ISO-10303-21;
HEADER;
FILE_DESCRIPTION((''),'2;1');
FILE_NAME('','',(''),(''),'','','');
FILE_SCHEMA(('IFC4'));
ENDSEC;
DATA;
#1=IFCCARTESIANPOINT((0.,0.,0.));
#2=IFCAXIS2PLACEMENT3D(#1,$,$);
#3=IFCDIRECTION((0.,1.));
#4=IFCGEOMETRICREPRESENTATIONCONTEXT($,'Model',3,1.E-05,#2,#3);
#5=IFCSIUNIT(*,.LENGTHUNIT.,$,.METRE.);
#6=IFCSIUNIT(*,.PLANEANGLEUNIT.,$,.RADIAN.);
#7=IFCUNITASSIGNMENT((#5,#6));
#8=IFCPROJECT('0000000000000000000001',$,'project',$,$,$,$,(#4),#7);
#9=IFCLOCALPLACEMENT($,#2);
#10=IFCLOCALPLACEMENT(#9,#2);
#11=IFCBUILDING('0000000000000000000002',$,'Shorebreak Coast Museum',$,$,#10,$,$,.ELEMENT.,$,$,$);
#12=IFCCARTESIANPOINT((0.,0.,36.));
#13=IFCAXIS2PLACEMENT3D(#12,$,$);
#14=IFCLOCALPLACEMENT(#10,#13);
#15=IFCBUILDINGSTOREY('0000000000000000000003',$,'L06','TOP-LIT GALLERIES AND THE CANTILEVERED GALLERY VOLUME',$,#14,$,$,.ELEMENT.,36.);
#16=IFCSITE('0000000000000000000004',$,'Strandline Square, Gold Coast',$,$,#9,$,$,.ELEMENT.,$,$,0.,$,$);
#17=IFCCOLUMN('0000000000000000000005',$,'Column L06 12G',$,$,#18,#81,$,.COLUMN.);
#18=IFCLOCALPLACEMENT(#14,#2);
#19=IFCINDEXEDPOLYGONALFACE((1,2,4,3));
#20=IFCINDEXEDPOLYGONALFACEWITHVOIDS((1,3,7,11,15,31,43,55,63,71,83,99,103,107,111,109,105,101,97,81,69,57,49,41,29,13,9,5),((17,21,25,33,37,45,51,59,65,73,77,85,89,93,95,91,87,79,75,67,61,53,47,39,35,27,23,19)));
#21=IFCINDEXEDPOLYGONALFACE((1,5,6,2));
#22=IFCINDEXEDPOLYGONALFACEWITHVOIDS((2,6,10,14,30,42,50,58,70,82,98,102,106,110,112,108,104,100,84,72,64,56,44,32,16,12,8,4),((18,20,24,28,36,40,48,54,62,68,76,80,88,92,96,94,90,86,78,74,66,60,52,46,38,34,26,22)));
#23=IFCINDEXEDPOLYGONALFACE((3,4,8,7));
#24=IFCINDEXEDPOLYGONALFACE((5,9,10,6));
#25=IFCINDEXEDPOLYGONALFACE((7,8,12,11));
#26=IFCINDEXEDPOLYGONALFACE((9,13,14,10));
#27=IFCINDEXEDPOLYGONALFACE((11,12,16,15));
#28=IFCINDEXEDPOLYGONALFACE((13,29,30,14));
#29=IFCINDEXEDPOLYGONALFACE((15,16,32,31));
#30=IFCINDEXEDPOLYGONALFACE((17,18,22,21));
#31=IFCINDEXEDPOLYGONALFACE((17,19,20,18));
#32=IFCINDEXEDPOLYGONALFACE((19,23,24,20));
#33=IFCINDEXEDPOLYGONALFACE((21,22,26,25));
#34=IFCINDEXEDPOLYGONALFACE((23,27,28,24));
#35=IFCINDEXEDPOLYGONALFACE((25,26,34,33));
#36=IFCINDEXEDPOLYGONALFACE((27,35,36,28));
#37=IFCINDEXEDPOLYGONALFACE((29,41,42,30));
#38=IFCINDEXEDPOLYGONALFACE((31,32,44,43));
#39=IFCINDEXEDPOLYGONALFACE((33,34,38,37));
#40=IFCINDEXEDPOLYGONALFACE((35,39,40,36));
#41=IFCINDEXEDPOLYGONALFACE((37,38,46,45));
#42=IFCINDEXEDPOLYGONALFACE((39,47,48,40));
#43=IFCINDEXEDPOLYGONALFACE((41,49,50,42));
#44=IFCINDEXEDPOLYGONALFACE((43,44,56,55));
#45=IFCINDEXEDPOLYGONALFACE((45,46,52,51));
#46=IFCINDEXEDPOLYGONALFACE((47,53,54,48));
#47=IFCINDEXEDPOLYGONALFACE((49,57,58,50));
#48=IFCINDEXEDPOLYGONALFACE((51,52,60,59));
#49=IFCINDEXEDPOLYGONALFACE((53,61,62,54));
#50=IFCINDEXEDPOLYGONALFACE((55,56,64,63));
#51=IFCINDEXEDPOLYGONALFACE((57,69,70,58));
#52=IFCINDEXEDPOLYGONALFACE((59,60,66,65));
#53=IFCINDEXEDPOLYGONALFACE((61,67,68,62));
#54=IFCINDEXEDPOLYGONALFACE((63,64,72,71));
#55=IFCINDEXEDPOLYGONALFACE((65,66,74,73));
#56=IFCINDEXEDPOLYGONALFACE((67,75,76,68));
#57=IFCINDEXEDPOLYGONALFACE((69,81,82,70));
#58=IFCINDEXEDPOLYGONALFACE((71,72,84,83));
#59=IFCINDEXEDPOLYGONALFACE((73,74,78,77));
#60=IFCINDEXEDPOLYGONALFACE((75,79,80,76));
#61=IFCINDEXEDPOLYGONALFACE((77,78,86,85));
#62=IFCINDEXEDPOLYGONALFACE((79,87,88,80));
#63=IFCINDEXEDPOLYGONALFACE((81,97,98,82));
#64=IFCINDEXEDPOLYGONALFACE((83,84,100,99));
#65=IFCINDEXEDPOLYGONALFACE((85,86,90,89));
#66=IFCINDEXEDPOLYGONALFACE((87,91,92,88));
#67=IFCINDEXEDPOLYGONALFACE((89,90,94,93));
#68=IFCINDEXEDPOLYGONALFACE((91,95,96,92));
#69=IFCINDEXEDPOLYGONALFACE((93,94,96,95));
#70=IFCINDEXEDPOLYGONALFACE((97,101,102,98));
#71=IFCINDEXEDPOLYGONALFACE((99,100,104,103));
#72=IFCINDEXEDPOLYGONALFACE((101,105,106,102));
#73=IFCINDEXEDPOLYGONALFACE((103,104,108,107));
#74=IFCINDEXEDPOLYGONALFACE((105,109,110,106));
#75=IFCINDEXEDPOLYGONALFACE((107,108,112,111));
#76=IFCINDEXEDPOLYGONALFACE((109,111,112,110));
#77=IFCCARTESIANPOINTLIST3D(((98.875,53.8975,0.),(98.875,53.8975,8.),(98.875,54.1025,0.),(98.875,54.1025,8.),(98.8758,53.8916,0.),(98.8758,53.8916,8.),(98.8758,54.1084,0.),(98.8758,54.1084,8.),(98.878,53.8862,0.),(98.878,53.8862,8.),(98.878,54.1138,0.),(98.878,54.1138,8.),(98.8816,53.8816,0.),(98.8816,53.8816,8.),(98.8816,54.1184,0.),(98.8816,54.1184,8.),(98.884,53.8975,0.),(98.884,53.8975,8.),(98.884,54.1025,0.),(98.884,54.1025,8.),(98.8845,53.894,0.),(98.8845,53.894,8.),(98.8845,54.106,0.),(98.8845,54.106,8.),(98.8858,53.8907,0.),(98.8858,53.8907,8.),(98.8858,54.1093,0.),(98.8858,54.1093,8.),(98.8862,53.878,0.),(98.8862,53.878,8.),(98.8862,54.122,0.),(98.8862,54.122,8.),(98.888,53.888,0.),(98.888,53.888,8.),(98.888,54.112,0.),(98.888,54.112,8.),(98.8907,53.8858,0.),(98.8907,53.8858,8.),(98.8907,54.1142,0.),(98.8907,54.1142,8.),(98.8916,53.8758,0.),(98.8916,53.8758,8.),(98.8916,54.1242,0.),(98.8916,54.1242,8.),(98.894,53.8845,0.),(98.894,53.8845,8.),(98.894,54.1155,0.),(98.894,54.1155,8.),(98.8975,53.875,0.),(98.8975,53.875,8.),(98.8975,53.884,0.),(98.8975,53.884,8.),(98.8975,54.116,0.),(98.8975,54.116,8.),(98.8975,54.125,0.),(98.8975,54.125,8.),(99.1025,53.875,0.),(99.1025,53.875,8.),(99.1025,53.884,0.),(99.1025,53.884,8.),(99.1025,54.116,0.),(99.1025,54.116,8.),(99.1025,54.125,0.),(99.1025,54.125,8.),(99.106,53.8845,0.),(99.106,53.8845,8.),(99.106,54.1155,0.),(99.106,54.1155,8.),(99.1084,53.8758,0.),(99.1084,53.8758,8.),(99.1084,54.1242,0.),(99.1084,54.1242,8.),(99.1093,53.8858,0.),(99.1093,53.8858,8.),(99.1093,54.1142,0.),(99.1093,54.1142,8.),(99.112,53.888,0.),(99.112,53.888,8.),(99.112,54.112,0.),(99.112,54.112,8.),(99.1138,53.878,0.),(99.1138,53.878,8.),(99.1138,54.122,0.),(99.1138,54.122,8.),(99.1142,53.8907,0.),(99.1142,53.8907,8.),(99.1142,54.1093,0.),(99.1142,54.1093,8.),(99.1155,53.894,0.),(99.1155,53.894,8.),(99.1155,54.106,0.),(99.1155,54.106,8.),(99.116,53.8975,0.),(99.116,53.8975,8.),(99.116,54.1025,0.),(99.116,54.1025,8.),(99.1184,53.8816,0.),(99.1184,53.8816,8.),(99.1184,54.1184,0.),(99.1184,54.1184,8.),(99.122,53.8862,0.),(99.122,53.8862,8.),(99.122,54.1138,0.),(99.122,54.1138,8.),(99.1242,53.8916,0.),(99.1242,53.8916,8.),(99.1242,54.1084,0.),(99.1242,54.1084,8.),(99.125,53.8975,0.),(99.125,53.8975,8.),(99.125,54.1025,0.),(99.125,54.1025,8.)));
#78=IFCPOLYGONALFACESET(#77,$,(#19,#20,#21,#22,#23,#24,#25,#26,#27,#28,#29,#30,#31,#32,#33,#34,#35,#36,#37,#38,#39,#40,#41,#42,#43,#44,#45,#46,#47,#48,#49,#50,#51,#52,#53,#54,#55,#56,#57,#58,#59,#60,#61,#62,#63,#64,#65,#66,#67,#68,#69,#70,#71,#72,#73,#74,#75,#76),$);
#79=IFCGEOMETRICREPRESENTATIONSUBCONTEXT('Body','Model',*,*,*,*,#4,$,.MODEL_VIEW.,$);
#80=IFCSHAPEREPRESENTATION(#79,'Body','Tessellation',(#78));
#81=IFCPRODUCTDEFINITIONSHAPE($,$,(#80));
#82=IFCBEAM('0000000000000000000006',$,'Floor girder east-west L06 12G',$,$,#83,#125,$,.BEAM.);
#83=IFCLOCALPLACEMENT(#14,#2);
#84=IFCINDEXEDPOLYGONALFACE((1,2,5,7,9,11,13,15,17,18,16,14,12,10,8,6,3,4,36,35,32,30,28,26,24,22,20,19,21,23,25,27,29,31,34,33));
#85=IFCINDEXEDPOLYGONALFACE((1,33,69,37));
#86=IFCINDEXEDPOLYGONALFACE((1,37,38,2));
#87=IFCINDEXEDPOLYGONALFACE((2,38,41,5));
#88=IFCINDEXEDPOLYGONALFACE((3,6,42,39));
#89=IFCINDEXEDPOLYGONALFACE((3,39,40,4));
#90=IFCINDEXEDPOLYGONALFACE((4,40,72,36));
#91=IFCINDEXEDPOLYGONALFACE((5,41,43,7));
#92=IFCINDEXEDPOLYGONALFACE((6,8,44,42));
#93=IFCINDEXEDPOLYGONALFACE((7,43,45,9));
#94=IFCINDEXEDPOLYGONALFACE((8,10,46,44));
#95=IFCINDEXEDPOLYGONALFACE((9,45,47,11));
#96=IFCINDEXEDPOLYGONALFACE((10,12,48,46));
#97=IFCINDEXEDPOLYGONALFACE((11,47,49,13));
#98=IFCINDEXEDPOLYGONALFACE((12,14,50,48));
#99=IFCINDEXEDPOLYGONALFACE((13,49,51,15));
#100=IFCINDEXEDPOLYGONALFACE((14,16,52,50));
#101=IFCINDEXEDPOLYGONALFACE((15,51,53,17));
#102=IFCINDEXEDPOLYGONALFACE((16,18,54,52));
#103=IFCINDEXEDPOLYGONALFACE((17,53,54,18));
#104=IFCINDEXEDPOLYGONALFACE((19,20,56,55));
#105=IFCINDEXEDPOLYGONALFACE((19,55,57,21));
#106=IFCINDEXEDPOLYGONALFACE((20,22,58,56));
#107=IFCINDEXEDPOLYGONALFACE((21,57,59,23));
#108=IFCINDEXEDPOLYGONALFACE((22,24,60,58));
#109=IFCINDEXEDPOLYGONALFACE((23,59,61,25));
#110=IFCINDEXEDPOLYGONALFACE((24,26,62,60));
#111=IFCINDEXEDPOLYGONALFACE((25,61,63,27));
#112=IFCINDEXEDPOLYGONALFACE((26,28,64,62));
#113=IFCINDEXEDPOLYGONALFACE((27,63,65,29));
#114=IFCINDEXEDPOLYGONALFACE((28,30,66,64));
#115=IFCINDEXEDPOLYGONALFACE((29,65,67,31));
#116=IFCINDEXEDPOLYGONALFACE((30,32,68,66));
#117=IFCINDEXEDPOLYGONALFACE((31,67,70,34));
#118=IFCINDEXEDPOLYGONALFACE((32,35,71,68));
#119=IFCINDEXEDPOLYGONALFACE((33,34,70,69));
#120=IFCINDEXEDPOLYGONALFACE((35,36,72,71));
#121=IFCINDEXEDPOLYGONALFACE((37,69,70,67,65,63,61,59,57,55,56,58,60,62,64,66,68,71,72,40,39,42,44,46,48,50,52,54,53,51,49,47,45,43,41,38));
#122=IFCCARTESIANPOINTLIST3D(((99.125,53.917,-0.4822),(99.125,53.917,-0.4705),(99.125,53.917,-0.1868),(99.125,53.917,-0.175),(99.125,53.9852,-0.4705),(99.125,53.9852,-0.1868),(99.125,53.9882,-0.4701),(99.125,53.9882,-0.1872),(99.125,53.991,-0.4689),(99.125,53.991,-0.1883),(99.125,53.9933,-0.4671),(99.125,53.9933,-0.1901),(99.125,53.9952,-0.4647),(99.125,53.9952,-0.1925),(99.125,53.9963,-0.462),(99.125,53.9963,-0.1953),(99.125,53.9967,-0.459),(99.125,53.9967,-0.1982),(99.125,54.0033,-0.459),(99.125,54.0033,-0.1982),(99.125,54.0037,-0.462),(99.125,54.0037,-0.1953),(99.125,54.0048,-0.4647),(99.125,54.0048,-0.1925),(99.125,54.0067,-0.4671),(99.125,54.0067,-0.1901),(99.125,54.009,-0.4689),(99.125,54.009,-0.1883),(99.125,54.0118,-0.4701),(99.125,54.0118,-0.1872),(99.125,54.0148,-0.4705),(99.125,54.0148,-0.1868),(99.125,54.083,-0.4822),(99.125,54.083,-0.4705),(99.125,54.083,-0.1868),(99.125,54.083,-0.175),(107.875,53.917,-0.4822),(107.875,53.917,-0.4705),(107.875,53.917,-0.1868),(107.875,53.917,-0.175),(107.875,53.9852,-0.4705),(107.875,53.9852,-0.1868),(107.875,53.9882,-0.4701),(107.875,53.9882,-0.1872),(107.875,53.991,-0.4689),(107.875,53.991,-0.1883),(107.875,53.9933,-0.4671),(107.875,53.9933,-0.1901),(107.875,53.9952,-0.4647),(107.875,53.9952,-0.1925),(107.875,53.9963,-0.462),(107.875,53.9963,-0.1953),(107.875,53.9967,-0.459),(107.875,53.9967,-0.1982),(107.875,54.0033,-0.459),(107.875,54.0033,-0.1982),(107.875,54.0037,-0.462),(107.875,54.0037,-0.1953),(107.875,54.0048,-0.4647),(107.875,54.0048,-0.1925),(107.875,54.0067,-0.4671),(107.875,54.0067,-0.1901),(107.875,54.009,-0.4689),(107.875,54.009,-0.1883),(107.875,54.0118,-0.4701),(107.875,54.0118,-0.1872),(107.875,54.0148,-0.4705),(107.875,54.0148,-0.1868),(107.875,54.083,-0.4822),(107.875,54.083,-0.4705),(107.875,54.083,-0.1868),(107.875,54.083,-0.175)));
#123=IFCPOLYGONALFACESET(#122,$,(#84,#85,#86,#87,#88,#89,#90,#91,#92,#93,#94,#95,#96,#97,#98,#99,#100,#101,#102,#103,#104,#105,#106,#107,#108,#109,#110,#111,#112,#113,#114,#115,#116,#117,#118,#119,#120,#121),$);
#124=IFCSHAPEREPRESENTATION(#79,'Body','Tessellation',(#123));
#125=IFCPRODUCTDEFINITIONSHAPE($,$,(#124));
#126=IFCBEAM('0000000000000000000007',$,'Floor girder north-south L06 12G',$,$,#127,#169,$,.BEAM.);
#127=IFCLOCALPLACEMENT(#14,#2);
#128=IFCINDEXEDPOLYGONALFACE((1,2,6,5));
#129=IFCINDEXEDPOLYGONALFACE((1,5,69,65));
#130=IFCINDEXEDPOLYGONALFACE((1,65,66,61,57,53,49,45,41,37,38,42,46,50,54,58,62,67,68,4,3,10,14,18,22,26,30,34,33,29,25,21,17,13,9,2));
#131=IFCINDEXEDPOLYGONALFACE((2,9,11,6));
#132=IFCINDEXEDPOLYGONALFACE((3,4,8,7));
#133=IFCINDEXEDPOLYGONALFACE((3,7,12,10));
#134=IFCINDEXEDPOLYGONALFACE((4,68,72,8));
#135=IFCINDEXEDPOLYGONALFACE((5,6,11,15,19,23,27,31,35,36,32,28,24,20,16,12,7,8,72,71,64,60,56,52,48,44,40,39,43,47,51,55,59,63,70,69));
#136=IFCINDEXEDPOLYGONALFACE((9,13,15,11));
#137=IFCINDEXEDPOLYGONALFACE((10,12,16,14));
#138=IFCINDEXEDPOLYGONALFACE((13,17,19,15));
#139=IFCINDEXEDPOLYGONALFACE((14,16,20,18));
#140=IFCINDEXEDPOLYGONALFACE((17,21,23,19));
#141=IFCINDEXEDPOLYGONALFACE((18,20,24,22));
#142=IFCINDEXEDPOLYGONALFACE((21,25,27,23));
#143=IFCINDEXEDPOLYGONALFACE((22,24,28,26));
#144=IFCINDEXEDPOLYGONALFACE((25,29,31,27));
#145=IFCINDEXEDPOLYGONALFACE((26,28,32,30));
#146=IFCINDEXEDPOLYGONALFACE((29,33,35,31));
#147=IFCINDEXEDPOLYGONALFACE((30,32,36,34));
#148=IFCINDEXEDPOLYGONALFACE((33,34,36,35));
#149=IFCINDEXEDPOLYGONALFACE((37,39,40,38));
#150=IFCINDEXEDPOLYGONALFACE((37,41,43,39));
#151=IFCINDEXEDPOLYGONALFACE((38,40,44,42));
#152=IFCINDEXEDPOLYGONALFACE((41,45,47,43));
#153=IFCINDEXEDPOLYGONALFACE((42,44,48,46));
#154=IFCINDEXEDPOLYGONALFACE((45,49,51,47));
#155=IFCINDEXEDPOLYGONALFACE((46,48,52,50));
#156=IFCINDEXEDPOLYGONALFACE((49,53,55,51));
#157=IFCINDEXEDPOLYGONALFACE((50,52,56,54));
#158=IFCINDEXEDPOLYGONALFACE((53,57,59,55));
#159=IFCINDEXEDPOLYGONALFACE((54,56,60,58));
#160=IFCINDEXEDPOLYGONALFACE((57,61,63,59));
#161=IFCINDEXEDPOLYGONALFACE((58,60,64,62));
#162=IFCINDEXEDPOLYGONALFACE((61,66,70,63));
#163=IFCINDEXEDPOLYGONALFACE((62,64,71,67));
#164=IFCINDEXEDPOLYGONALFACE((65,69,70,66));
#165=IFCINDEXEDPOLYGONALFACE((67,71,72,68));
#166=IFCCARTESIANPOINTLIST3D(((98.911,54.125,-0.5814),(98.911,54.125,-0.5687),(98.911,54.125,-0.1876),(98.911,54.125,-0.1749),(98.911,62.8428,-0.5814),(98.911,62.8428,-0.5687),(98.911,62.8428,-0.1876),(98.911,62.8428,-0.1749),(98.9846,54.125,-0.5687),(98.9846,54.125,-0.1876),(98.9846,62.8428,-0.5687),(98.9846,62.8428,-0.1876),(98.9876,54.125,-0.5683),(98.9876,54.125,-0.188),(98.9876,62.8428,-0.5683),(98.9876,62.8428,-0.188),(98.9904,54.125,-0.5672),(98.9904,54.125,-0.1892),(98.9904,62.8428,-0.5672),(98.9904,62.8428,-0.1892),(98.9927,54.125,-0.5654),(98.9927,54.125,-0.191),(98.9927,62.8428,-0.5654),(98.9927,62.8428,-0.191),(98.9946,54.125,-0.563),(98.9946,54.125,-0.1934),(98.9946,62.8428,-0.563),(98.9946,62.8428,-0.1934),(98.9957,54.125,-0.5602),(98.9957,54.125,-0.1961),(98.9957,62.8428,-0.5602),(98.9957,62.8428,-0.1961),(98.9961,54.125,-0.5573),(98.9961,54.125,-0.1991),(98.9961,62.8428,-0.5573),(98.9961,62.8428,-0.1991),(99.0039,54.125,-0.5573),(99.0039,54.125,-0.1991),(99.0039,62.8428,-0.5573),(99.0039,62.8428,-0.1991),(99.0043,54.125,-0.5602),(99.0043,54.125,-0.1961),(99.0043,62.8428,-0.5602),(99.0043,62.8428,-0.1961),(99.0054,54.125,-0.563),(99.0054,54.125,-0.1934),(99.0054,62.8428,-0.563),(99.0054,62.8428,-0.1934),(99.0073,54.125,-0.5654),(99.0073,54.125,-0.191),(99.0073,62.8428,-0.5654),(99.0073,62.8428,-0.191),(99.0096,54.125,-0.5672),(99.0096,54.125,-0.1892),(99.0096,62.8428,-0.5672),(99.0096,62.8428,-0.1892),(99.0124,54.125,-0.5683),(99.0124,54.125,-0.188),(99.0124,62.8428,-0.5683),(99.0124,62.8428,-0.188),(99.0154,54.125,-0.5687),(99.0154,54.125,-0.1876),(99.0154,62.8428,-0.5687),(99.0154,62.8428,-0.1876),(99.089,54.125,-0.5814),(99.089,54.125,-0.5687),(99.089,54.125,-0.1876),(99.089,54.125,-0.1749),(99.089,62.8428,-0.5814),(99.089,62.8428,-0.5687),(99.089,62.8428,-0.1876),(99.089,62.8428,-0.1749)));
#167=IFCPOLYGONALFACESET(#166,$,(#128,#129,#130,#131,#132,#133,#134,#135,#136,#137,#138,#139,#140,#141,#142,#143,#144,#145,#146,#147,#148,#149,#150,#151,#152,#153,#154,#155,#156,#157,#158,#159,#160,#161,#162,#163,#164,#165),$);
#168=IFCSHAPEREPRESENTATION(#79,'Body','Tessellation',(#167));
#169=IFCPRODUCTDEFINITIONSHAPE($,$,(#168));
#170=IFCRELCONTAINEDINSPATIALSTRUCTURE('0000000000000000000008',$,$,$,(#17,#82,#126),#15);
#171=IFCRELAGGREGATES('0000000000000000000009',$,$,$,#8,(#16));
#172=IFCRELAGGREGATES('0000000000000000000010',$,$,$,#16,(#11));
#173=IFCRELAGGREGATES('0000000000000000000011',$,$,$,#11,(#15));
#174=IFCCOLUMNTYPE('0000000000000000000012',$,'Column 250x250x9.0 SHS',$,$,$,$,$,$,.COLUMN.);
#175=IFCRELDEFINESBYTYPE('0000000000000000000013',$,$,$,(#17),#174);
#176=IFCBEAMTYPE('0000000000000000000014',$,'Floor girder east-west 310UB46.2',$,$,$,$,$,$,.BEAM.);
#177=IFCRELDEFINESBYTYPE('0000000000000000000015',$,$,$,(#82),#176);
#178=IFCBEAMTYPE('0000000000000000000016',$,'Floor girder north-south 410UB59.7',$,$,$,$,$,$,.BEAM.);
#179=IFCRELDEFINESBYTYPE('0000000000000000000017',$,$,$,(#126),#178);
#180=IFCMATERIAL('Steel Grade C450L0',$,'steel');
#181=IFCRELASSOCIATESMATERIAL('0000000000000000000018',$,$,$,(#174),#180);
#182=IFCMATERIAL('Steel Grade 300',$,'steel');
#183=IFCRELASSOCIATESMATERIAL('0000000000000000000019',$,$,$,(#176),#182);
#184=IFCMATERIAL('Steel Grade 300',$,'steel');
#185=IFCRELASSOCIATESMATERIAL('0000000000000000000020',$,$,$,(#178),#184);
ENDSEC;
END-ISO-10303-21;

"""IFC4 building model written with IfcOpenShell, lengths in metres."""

from ifc_helpers import new_model, si_unit, direction, frame, origin, origin_2d, place, context, subcontext, project, spatial, hollow_rectangle, i_section, extrude, material, material_profile, profile_set, type_object, element, save


model = new_model("IFC4")

# Units and contexts
model_context = context("Model", 3, precision=1e-05, world=origin(), true_north=direction((0.0, 1.0)))
body_context = subcontext(model_context, "Body", "Model", "MODEL_VIEW")
ifc_project = project(units=[si_unit("LENGTHUNIT", "METRE"), si_unit("PLANEANGLEUNIT", "RADIAN")], contexts=[model_context])

# Site, building, storey
site_placement = place(None, origin())
site = spatial("IfcSite", under=ifc_project, at=site_placement, Name="Strandline Square, Gold Coast", CompositionType="ELEMENT", RefElevation=0.0)
building_placement = place(site_placement, origin())
building = spatial("IfcBuilding", under=site, at=building_placement, Name="Shorebreak Coast Museum", CompositionType="ELEMENT")
storey_placement = place(building_placement, frame((0.0, 0.0, 36.0)))
storey = spatial("IfcBuildingStorey", under=building, at=storey_placement, Name="L06", Description="TOP-LIT GALLERIES AND THE CANTILEVERED GALLERY VOLUME", CompositionType="ELEMENT", Elevation=36.0)

# Column
ifc_material_1 = material(Name="Steel Grade C450L0", Category="steel")
ifc_material_profile_1 = material_profile(ifc_material_1, hollow_rectangle(XDim=0.25, YDim=0.25, WallThickness=0.009, InnerFilletRadius=0.0134, OuterFilletRadius=0.0225, at=origin_2d()), Name="250x250x9.0 SHS")
ifc_profile_set_1 = profile_set([ifc_material_profile_1], Name="Steel Grade C450L0")
column_type = type_object("IfcColumnType", Name="Column 250x250x9.0 SHS", PredefinedType="COLUMN", material=ifc_profile_set_1)
column_placement = place(storey_placement, frame((99.0, 54.0, 0.0), z_axis=(0.0, 0.0, 1.0), x_axis=(1.0, 0.0, 0.0)))
element("IfcColumn", 1, at=column_placement, inside=storey, type_object=column_type, Name="Column L06 12G", PredefinedType="COLUMN", context=body_context, shape_type="SweptSolid", body=[
    extrude(hollow_rectangle(XDim=0.25, YDim=0.25, WallThickness=0.009, InnerFilletRadius=0.0134, OuterFilletRadius=0.0225, at=origin_2d()), origin(), (0.0, 0.0, 1.0), 8.0),
])

# Beams
ifc_material_2 = material(Name="Steel Grade 300", Category="steel")
ifc_material_profile_2 = material_profile(ifc_material_2, i_section(OverallWidth=0.166, OverallDepth=0.3071, WebThickness=0.0066, FlangeThickness=0.0117, FilletRadius=0.0115, at=origin_2d()), Name="310UB46.2")
ifc_profile_set_2 = profile_set([ifc_material_profile_2], Name="Steel Grade 300")
beam_type_1 = type_object("IfcBeamType", Name="Floor girder east-west 310UB46.2", PredefinedType="BEAM", material=ifc_profile_set_2)
beam_1_placement = place(storey_placement, frame((99.125, 54.0, -0.3286), z_axis=(1.0, 0.0, 0.0), x_axis=(0.0, 1.0, 0.0)))
element("IfcBeam", 2, at=beam_1_placement, inside=storey, type_object=beam_type_1, Name="Floor girder east-west L06 12G", PredefinedType="BEAM", context=body_context, shape_type="SweptSolid", body=[
    extrude(i_section(OverallWidth=0.166, OverallDepth=0.3071, WebThickness=0.0066, FlangeThickness=0.0117, FilletRadius=0.0115, at=origin_2d()), origin(), (0.0, 0.0, 1.0), 8.75),
])
ifc_material_3 = material(Name="Steel Grade 300", Category="steel")
ifc_material_profile_3 = material_profile(ifc_material_3, i_section(OverallWidth=0.178, OverallDepth=0.4065, WebThickness=0.0078, FlangeThickness=0.0127, FilletRadius=0.0115, at=origin_2d()), Name="410UB59.7")
ifc_profile_set_3 = profile_set([ifc_material_profile_3], Name="Steel Grade 300")
beam_type_2 = type_object("IfcBeamType", Name="Floor girder north-south 410UB59.7", PredefinedType="BEAM", material=ifc_profile_set_3)
beam_2_placement = place(storey_placement, frame((99.0, 54.125, -0.3782), z_axis=(0.0, 1.0, 0.0), x_axis=(-1.0, 0.0, 0.0)))
element("IfcBeam", 3, at=beam_2_placement, inside=storey, type_object=beam_type_2, Name="Floor girder north-south L06 12G", PredefinedType="BEAM", context=body_context, shape_type="SweptSolid", body=[
    extrude(i_section(OverallWidth=0.178, OverallDepth=0.4065, WebThickness=0.0078, FlangeThickness=0.0127, FilletRadius=0.0115, at=origin_2d()), origin(), (0.0, 0.0, 1.0), 8.7178),
])

save(model, "model.ifc")
